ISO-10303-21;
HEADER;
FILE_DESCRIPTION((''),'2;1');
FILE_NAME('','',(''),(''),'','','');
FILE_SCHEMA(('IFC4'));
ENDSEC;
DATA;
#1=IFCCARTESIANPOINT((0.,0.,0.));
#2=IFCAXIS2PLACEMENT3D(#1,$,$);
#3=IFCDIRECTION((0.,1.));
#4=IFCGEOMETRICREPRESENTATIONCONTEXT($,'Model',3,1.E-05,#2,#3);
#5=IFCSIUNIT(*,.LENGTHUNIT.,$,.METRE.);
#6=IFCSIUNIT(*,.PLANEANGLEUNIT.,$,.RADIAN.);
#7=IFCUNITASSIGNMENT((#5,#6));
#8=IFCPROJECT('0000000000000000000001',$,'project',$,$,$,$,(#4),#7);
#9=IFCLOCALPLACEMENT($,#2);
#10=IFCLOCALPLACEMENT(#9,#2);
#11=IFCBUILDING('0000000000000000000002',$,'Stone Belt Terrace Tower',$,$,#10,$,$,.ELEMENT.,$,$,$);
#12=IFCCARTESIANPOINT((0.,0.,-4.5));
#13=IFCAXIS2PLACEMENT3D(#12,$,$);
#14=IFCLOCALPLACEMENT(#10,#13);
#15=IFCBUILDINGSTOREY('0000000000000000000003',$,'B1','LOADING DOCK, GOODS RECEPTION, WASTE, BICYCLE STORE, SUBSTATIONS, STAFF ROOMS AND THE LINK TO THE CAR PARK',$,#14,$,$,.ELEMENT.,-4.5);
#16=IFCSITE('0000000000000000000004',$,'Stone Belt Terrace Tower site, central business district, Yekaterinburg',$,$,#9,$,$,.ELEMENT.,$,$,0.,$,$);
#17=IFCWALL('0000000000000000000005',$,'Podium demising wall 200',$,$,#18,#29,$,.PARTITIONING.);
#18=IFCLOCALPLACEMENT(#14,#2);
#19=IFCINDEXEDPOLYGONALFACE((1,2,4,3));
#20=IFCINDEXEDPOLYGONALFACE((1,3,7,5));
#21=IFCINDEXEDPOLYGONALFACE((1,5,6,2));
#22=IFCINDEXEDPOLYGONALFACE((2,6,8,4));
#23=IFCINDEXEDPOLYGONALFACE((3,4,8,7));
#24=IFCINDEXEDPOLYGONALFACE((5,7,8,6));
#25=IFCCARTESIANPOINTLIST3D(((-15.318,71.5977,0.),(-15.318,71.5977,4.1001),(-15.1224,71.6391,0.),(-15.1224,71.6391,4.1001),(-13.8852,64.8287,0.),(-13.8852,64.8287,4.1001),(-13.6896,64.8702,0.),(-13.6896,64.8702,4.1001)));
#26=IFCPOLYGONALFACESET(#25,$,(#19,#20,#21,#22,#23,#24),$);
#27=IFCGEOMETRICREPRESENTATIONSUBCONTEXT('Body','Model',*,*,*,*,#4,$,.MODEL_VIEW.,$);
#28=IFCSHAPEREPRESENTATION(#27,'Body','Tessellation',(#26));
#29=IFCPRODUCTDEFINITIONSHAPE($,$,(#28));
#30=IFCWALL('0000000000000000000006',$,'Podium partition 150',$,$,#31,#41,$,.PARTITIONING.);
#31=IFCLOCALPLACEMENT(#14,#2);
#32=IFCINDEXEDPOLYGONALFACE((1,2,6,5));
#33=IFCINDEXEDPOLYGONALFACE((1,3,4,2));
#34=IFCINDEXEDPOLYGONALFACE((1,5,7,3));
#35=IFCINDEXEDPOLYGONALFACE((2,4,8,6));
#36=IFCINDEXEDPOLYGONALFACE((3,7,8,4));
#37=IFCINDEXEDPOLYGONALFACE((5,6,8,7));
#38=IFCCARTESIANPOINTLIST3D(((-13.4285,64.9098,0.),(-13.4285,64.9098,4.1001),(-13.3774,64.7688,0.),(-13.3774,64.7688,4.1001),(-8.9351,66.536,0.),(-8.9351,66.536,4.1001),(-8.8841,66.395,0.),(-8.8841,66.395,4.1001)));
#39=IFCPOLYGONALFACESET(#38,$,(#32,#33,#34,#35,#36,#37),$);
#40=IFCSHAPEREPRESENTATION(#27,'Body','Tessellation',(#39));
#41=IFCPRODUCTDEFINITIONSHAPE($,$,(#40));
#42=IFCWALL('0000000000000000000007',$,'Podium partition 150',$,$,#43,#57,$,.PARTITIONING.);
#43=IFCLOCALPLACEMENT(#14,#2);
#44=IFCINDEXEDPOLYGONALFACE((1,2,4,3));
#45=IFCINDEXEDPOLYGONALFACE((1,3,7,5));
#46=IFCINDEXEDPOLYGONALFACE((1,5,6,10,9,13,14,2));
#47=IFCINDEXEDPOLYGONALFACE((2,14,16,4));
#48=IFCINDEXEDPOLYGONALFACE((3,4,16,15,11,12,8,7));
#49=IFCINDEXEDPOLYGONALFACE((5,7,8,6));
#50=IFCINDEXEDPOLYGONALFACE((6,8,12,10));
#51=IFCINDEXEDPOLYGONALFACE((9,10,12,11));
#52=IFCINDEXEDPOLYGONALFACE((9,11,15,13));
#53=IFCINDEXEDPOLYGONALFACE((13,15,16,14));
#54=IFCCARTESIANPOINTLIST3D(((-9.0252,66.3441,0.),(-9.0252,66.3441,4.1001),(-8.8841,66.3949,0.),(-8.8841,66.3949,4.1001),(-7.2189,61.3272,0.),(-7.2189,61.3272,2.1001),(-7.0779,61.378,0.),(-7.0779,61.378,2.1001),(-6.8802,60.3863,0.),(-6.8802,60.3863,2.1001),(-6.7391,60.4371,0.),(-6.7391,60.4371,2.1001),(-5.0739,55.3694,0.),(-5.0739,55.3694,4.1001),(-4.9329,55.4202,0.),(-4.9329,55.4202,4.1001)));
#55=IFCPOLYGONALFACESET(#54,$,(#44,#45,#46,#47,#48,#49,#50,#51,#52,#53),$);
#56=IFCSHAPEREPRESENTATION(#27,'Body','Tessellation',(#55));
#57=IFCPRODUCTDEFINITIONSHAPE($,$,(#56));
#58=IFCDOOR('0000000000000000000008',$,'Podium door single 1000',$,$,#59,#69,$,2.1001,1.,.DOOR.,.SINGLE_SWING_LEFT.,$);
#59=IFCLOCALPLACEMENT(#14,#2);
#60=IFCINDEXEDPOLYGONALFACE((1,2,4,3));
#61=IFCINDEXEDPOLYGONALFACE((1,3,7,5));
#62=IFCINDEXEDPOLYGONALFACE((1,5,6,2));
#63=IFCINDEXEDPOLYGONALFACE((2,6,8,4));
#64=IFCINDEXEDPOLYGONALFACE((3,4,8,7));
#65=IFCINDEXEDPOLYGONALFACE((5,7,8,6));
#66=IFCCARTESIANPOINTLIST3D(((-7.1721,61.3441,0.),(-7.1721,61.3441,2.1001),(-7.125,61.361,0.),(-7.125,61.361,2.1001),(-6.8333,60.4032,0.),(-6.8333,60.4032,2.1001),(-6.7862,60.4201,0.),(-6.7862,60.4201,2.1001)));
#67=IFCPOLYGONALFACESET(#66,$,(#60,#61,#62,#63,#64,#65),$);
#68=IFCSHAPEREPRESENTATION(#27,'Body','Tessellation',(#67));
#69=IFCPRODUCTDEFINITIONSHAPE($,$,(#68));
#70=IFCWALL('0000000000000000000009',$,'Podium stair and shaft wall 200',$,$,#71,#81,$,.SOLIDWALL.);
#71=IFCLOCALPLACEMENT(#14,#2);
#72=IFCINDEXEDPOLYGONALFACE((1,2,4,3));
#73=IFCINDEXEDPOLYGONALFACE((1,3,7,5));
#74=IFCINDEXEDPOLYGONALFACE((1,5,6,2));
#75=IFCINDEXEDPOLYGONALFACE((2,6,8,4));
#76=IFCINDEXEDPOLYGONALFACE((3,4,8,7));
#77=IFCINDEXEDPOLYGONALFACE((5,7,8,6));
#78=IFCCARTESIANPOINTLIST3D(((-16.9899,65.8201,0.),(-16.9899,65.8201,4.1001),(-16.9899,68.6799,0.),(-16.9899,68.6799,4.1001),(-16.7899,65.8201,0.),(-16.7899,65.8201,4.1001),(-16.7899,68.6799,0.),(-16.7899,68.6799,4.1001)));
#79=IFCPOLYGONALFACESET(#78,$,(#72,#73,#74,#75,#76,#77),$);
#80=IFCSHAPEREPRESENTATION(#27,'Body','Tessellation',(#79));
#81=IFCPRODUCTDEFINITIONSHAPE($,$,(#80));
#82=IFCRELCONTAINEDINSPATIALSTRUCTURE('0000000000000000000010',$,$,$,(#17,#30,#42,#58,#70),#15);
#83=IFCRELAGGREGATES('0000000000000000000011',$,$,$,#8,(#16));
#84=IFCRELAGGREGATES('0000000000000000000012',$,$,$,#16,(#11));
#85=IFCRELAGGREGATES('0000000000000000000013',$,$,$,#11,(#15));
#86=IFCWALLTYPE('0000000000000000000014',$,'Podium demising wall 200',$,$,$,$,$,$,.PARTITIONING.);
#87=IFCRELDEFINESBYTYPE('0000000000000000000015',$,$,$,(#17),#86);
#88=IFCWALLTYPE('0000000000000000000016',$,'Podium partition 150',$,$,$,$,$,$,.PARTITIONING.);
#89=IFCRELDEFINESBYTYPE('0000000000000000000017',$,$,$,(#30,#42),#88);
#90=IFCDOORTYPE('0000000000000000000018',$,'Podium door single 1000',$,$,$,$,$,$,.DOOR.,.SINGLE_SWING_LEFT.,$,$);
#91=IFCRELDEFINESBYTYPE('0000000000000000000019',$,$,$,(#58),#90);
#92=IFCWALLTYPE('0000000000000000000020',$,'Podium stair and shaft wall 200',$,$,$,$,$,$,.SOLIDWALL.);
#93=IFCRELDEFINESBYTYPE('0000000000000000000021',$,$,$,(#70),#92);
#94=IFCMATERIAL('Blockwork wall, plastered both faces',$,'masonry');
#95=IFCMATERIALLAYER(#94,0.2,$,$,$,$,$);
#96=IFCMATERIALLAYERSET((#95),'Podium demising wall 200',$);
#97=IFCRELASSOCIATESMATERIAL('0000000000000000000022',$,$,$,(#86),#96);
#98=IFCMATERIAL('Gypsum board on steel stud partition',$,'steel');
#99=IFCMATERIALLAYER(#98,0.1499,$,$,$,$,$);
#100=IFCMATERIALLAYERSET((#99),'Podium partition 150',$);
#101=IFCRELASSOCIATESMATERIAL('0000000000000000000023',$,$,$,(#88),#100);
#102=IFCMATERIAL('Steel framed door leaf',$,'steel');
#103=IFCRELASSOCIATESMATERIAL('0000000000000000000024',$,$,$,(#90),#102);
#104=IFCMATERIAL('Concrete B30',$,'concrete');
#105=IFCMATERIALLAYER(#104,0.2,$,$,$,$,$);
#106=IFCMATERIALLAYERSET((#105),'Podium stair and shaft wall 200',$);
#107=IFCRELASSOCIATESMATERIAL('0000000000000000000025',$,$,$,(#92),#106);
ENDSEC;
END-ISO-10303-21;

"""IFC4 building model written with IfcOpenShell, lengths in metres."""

from ifc_helpers import new_model, si_unit, direction, frame, frame_2d, origin, place, context, subcontext, project, spatial, rectangle, extrude, material, layer, layer_set, type_object, element, fill, save


model = new_model("IFC4")

# Units and contexts
model_context = context("Model", 3, precision=1e-05, world=origin(), true_north=direction((0.0, 1.0)))
body_context = subcontext(model_context, "Body", "Model", "MODEL_VIEW")
ifc_project = project(units=[si_unit("LENGTHUNIT", "METRE"), si_unit("PLANEANGLEUNIT", "RADIAN")], contexts=[model_context])

# Site, building, storey
site_placement = place(None, origin())
site = spatial("IfcSite", under=ifc_project, at=site_placement, Name="Stone Belt Terrace Tower site, central business district, Yekaterinburg", CompositionType="ELEMENT", RefElevation=0.0)
building_placement = place(site_placement, origin())
building = spatial("IfcBuilding", under=site, at=building_placement, Name="Stone Belt Terrace Tower", CompositionType="ELEMENT")
storey_placement = place(building_placement, frame((0.0, 0.0, -4.5)))
storey = spatial("IfcBuildingStorey", under=building, at=storey_placement, Name="B1", Description="LOADING DOCK, GOODS RECEPTION, WASTE, BICYCLE STORE, SUBSTATIONS, STAFF ROOMS AND THE LINK TO THE CAR PARK", CompositionType="ELEMENT", Elevation=-4.5)

# Walls
ifc_material_1 = material(Name="Concrete B30", Category="concrete")
ifc_material_2 = material(Name="Blockwork wall, plastered both faces", Category="masonry")
ifc_layer_1 = layer(ifc_material_2, 0.2)
ifc_layer_set_1 = layer_set([ifc_layer_1], Name="Podium demising wall 200")
wall_type_1 = type_object("IfcWallType", Name="Podium demising wall 200", PredefinedType="PARTITIONING", material=ifc_layer_set_1)
wall_1_placement = place(storey_placement, frame((-15.2202, 71.6184, 0.0), z_axis=(0.0, 0.0, 1.0), x_axis=(0.20709, -0.978322, 0.0)))
element("IfcWall", 1, at=wall_1_placement, inside=storey, type_object=wall_type_1, Name="Podium demising wall 200", PredefinedType="PARTITIONING", context=body_context, shape_type="SweptSolid", body=[
    extrude(rectangle(XDim=6.9189, YDim=0.2, at=frame_2d((3.4595, 0.0))), origin(), (0.0, 0.0, 1.0), 4.1001),
])
ifc_material_3 = material(Name="Gypsum board on steel stud partition", Category="steel")
ifc_layer_2 = layer(ifc_material_3, 0.1499)
ifc_layer_set_2 = layer_set([ifc_layer_2], Name="Podium partition 150")
wall_type_2 = type_object("IfcWallType", Name="Podium partition 150", PredefinedType="PARTITIONING", material=ifc_layer_set_2)
wall_2_placement = place(storey_placement, frame((-13.4028, 64.8394, 0.0), z_axis=(0.0, 0.0, 1.0), x_axis=(0.940313, 0.340311, 0.0)))
element("IfcWall", 2, at=wall_2_placement, inside=storey, type_object=wall_type_2, Name="Podium partition 150", PredefinedType="PARTITIONING", context=body_context, shape_type="SweptSolid", body=[
    extrude(rectangle(XDim=4.7786, YDim=0.1499, at=frame_2d((2.3892, 0.0))), origin(), (0.0, 0.0, 1.0), 4.1001),
])

# Wall, opening, door
wall_3_placement = place(storey_placement, frame((-8.9546, 66.3694, 0.0), z_axis=(0.0, 0.0, 1.0), x_axis=(0.338743, -0.940879, 0.0)))
wall_3 = element("IfcWall", 3, at=wall_3_placement, inside=storey, type_object=wall_type_2, Name="Podium partition 150", PredefinedType="PARTITIONING", context=body_context, shape_type="SweptSolid", body=[
    extrude(rectangle(XDim=11.6643, YDim=0.1499, at=frame_2d((5.832, 0.0))), origin(), (0.0, 0.0, 1.0), 4.1001),
])
opening_placement = place(wall_3_placement, frame((5.332, 0.0, 0.0)))
opening = element("IfcOpeningElement", 4, at=opening_placement, cuts=wall_3, PredefinedType="OPENING", context=body_context, shape_type="SweptSolid", body=[
    extrude(rectangle(XDim=1.0, YDim=2.1001, at=frame_2d((0.5, 1.05))), frame((0.0, 0.085, 0.0), z_axis=(0.0, -1.0, 0.0), x_axis=(1.0, 0.0, 0.0)), (0.0, 0.0, 1.0), 0.1699),
])
ifc_material_4 = material(Name="Steel framed door leaf", Category="steel")
door_type = type_object("IfcDoorType", Name="Podium door single 1000", OperationType="SINGLE_SWING_LEFT", PredefinedType="DOOR", material=ifc_material_4)
door_placement = place(opening_placement, origin())
door = element("IfcDoor", 5, at=door_placement, inside=storey, type_object=door_type, Name="Podium door single 1000", OperationType="SINGLE_SWING_LEFT", OverallHeight=2.1001, OverallWidth=1.0, PredefinedType="DOOR", context=body_context, shape_type="SweptSolid", body=[
    extrude(rectangle(XDim=1.0, YDim=2.1001, at=frame_2d((0.5, 1.05))), frame((0.0, 0.0249, 0.0), z_axis=(0.0, -1.0, 0.0), x_axis=(1.0, 0.0, 0.0)), (0.0, 0.0, 1.0), 0.05),
])
fill(opening, door)

# Wall
ifc_layer_3 = layer(ifc_material_1, 0.2)
ifc_layer_set_3 = layer_set([ifc_layer_3], Name="Podium stair and shaft wall 200")
wall_type_3 = type_object("IfcWallType", Name="Podium stair and shaft wall 200", PredefinedType="SOLIDWALL", material=ifc_layer_set_3)
wall_4_placement = place(storey_placement, frame((-16.8899, 65.8201, 0.0), z_axis=(0.0, 0.0, 1.0), x_axis=(0.0, 1.0, 0.0)))
element("IfcWall", 6, at=wall_4_placement, inside=storey, type_object=wall_type_3, Name="Podium stair and shaft wall 200", PredefinedType="SOLIDWALL", context=body_context, shape_type="SweptSolid", body=[
    extrude(rectangle(XDim=2.8599, YDim=0.2, at=frame_2d((1.4299, 0.0))), origin(), (0.0, 0.0, 1.0), 4.1001),
])

save(model, "model.ifc")
